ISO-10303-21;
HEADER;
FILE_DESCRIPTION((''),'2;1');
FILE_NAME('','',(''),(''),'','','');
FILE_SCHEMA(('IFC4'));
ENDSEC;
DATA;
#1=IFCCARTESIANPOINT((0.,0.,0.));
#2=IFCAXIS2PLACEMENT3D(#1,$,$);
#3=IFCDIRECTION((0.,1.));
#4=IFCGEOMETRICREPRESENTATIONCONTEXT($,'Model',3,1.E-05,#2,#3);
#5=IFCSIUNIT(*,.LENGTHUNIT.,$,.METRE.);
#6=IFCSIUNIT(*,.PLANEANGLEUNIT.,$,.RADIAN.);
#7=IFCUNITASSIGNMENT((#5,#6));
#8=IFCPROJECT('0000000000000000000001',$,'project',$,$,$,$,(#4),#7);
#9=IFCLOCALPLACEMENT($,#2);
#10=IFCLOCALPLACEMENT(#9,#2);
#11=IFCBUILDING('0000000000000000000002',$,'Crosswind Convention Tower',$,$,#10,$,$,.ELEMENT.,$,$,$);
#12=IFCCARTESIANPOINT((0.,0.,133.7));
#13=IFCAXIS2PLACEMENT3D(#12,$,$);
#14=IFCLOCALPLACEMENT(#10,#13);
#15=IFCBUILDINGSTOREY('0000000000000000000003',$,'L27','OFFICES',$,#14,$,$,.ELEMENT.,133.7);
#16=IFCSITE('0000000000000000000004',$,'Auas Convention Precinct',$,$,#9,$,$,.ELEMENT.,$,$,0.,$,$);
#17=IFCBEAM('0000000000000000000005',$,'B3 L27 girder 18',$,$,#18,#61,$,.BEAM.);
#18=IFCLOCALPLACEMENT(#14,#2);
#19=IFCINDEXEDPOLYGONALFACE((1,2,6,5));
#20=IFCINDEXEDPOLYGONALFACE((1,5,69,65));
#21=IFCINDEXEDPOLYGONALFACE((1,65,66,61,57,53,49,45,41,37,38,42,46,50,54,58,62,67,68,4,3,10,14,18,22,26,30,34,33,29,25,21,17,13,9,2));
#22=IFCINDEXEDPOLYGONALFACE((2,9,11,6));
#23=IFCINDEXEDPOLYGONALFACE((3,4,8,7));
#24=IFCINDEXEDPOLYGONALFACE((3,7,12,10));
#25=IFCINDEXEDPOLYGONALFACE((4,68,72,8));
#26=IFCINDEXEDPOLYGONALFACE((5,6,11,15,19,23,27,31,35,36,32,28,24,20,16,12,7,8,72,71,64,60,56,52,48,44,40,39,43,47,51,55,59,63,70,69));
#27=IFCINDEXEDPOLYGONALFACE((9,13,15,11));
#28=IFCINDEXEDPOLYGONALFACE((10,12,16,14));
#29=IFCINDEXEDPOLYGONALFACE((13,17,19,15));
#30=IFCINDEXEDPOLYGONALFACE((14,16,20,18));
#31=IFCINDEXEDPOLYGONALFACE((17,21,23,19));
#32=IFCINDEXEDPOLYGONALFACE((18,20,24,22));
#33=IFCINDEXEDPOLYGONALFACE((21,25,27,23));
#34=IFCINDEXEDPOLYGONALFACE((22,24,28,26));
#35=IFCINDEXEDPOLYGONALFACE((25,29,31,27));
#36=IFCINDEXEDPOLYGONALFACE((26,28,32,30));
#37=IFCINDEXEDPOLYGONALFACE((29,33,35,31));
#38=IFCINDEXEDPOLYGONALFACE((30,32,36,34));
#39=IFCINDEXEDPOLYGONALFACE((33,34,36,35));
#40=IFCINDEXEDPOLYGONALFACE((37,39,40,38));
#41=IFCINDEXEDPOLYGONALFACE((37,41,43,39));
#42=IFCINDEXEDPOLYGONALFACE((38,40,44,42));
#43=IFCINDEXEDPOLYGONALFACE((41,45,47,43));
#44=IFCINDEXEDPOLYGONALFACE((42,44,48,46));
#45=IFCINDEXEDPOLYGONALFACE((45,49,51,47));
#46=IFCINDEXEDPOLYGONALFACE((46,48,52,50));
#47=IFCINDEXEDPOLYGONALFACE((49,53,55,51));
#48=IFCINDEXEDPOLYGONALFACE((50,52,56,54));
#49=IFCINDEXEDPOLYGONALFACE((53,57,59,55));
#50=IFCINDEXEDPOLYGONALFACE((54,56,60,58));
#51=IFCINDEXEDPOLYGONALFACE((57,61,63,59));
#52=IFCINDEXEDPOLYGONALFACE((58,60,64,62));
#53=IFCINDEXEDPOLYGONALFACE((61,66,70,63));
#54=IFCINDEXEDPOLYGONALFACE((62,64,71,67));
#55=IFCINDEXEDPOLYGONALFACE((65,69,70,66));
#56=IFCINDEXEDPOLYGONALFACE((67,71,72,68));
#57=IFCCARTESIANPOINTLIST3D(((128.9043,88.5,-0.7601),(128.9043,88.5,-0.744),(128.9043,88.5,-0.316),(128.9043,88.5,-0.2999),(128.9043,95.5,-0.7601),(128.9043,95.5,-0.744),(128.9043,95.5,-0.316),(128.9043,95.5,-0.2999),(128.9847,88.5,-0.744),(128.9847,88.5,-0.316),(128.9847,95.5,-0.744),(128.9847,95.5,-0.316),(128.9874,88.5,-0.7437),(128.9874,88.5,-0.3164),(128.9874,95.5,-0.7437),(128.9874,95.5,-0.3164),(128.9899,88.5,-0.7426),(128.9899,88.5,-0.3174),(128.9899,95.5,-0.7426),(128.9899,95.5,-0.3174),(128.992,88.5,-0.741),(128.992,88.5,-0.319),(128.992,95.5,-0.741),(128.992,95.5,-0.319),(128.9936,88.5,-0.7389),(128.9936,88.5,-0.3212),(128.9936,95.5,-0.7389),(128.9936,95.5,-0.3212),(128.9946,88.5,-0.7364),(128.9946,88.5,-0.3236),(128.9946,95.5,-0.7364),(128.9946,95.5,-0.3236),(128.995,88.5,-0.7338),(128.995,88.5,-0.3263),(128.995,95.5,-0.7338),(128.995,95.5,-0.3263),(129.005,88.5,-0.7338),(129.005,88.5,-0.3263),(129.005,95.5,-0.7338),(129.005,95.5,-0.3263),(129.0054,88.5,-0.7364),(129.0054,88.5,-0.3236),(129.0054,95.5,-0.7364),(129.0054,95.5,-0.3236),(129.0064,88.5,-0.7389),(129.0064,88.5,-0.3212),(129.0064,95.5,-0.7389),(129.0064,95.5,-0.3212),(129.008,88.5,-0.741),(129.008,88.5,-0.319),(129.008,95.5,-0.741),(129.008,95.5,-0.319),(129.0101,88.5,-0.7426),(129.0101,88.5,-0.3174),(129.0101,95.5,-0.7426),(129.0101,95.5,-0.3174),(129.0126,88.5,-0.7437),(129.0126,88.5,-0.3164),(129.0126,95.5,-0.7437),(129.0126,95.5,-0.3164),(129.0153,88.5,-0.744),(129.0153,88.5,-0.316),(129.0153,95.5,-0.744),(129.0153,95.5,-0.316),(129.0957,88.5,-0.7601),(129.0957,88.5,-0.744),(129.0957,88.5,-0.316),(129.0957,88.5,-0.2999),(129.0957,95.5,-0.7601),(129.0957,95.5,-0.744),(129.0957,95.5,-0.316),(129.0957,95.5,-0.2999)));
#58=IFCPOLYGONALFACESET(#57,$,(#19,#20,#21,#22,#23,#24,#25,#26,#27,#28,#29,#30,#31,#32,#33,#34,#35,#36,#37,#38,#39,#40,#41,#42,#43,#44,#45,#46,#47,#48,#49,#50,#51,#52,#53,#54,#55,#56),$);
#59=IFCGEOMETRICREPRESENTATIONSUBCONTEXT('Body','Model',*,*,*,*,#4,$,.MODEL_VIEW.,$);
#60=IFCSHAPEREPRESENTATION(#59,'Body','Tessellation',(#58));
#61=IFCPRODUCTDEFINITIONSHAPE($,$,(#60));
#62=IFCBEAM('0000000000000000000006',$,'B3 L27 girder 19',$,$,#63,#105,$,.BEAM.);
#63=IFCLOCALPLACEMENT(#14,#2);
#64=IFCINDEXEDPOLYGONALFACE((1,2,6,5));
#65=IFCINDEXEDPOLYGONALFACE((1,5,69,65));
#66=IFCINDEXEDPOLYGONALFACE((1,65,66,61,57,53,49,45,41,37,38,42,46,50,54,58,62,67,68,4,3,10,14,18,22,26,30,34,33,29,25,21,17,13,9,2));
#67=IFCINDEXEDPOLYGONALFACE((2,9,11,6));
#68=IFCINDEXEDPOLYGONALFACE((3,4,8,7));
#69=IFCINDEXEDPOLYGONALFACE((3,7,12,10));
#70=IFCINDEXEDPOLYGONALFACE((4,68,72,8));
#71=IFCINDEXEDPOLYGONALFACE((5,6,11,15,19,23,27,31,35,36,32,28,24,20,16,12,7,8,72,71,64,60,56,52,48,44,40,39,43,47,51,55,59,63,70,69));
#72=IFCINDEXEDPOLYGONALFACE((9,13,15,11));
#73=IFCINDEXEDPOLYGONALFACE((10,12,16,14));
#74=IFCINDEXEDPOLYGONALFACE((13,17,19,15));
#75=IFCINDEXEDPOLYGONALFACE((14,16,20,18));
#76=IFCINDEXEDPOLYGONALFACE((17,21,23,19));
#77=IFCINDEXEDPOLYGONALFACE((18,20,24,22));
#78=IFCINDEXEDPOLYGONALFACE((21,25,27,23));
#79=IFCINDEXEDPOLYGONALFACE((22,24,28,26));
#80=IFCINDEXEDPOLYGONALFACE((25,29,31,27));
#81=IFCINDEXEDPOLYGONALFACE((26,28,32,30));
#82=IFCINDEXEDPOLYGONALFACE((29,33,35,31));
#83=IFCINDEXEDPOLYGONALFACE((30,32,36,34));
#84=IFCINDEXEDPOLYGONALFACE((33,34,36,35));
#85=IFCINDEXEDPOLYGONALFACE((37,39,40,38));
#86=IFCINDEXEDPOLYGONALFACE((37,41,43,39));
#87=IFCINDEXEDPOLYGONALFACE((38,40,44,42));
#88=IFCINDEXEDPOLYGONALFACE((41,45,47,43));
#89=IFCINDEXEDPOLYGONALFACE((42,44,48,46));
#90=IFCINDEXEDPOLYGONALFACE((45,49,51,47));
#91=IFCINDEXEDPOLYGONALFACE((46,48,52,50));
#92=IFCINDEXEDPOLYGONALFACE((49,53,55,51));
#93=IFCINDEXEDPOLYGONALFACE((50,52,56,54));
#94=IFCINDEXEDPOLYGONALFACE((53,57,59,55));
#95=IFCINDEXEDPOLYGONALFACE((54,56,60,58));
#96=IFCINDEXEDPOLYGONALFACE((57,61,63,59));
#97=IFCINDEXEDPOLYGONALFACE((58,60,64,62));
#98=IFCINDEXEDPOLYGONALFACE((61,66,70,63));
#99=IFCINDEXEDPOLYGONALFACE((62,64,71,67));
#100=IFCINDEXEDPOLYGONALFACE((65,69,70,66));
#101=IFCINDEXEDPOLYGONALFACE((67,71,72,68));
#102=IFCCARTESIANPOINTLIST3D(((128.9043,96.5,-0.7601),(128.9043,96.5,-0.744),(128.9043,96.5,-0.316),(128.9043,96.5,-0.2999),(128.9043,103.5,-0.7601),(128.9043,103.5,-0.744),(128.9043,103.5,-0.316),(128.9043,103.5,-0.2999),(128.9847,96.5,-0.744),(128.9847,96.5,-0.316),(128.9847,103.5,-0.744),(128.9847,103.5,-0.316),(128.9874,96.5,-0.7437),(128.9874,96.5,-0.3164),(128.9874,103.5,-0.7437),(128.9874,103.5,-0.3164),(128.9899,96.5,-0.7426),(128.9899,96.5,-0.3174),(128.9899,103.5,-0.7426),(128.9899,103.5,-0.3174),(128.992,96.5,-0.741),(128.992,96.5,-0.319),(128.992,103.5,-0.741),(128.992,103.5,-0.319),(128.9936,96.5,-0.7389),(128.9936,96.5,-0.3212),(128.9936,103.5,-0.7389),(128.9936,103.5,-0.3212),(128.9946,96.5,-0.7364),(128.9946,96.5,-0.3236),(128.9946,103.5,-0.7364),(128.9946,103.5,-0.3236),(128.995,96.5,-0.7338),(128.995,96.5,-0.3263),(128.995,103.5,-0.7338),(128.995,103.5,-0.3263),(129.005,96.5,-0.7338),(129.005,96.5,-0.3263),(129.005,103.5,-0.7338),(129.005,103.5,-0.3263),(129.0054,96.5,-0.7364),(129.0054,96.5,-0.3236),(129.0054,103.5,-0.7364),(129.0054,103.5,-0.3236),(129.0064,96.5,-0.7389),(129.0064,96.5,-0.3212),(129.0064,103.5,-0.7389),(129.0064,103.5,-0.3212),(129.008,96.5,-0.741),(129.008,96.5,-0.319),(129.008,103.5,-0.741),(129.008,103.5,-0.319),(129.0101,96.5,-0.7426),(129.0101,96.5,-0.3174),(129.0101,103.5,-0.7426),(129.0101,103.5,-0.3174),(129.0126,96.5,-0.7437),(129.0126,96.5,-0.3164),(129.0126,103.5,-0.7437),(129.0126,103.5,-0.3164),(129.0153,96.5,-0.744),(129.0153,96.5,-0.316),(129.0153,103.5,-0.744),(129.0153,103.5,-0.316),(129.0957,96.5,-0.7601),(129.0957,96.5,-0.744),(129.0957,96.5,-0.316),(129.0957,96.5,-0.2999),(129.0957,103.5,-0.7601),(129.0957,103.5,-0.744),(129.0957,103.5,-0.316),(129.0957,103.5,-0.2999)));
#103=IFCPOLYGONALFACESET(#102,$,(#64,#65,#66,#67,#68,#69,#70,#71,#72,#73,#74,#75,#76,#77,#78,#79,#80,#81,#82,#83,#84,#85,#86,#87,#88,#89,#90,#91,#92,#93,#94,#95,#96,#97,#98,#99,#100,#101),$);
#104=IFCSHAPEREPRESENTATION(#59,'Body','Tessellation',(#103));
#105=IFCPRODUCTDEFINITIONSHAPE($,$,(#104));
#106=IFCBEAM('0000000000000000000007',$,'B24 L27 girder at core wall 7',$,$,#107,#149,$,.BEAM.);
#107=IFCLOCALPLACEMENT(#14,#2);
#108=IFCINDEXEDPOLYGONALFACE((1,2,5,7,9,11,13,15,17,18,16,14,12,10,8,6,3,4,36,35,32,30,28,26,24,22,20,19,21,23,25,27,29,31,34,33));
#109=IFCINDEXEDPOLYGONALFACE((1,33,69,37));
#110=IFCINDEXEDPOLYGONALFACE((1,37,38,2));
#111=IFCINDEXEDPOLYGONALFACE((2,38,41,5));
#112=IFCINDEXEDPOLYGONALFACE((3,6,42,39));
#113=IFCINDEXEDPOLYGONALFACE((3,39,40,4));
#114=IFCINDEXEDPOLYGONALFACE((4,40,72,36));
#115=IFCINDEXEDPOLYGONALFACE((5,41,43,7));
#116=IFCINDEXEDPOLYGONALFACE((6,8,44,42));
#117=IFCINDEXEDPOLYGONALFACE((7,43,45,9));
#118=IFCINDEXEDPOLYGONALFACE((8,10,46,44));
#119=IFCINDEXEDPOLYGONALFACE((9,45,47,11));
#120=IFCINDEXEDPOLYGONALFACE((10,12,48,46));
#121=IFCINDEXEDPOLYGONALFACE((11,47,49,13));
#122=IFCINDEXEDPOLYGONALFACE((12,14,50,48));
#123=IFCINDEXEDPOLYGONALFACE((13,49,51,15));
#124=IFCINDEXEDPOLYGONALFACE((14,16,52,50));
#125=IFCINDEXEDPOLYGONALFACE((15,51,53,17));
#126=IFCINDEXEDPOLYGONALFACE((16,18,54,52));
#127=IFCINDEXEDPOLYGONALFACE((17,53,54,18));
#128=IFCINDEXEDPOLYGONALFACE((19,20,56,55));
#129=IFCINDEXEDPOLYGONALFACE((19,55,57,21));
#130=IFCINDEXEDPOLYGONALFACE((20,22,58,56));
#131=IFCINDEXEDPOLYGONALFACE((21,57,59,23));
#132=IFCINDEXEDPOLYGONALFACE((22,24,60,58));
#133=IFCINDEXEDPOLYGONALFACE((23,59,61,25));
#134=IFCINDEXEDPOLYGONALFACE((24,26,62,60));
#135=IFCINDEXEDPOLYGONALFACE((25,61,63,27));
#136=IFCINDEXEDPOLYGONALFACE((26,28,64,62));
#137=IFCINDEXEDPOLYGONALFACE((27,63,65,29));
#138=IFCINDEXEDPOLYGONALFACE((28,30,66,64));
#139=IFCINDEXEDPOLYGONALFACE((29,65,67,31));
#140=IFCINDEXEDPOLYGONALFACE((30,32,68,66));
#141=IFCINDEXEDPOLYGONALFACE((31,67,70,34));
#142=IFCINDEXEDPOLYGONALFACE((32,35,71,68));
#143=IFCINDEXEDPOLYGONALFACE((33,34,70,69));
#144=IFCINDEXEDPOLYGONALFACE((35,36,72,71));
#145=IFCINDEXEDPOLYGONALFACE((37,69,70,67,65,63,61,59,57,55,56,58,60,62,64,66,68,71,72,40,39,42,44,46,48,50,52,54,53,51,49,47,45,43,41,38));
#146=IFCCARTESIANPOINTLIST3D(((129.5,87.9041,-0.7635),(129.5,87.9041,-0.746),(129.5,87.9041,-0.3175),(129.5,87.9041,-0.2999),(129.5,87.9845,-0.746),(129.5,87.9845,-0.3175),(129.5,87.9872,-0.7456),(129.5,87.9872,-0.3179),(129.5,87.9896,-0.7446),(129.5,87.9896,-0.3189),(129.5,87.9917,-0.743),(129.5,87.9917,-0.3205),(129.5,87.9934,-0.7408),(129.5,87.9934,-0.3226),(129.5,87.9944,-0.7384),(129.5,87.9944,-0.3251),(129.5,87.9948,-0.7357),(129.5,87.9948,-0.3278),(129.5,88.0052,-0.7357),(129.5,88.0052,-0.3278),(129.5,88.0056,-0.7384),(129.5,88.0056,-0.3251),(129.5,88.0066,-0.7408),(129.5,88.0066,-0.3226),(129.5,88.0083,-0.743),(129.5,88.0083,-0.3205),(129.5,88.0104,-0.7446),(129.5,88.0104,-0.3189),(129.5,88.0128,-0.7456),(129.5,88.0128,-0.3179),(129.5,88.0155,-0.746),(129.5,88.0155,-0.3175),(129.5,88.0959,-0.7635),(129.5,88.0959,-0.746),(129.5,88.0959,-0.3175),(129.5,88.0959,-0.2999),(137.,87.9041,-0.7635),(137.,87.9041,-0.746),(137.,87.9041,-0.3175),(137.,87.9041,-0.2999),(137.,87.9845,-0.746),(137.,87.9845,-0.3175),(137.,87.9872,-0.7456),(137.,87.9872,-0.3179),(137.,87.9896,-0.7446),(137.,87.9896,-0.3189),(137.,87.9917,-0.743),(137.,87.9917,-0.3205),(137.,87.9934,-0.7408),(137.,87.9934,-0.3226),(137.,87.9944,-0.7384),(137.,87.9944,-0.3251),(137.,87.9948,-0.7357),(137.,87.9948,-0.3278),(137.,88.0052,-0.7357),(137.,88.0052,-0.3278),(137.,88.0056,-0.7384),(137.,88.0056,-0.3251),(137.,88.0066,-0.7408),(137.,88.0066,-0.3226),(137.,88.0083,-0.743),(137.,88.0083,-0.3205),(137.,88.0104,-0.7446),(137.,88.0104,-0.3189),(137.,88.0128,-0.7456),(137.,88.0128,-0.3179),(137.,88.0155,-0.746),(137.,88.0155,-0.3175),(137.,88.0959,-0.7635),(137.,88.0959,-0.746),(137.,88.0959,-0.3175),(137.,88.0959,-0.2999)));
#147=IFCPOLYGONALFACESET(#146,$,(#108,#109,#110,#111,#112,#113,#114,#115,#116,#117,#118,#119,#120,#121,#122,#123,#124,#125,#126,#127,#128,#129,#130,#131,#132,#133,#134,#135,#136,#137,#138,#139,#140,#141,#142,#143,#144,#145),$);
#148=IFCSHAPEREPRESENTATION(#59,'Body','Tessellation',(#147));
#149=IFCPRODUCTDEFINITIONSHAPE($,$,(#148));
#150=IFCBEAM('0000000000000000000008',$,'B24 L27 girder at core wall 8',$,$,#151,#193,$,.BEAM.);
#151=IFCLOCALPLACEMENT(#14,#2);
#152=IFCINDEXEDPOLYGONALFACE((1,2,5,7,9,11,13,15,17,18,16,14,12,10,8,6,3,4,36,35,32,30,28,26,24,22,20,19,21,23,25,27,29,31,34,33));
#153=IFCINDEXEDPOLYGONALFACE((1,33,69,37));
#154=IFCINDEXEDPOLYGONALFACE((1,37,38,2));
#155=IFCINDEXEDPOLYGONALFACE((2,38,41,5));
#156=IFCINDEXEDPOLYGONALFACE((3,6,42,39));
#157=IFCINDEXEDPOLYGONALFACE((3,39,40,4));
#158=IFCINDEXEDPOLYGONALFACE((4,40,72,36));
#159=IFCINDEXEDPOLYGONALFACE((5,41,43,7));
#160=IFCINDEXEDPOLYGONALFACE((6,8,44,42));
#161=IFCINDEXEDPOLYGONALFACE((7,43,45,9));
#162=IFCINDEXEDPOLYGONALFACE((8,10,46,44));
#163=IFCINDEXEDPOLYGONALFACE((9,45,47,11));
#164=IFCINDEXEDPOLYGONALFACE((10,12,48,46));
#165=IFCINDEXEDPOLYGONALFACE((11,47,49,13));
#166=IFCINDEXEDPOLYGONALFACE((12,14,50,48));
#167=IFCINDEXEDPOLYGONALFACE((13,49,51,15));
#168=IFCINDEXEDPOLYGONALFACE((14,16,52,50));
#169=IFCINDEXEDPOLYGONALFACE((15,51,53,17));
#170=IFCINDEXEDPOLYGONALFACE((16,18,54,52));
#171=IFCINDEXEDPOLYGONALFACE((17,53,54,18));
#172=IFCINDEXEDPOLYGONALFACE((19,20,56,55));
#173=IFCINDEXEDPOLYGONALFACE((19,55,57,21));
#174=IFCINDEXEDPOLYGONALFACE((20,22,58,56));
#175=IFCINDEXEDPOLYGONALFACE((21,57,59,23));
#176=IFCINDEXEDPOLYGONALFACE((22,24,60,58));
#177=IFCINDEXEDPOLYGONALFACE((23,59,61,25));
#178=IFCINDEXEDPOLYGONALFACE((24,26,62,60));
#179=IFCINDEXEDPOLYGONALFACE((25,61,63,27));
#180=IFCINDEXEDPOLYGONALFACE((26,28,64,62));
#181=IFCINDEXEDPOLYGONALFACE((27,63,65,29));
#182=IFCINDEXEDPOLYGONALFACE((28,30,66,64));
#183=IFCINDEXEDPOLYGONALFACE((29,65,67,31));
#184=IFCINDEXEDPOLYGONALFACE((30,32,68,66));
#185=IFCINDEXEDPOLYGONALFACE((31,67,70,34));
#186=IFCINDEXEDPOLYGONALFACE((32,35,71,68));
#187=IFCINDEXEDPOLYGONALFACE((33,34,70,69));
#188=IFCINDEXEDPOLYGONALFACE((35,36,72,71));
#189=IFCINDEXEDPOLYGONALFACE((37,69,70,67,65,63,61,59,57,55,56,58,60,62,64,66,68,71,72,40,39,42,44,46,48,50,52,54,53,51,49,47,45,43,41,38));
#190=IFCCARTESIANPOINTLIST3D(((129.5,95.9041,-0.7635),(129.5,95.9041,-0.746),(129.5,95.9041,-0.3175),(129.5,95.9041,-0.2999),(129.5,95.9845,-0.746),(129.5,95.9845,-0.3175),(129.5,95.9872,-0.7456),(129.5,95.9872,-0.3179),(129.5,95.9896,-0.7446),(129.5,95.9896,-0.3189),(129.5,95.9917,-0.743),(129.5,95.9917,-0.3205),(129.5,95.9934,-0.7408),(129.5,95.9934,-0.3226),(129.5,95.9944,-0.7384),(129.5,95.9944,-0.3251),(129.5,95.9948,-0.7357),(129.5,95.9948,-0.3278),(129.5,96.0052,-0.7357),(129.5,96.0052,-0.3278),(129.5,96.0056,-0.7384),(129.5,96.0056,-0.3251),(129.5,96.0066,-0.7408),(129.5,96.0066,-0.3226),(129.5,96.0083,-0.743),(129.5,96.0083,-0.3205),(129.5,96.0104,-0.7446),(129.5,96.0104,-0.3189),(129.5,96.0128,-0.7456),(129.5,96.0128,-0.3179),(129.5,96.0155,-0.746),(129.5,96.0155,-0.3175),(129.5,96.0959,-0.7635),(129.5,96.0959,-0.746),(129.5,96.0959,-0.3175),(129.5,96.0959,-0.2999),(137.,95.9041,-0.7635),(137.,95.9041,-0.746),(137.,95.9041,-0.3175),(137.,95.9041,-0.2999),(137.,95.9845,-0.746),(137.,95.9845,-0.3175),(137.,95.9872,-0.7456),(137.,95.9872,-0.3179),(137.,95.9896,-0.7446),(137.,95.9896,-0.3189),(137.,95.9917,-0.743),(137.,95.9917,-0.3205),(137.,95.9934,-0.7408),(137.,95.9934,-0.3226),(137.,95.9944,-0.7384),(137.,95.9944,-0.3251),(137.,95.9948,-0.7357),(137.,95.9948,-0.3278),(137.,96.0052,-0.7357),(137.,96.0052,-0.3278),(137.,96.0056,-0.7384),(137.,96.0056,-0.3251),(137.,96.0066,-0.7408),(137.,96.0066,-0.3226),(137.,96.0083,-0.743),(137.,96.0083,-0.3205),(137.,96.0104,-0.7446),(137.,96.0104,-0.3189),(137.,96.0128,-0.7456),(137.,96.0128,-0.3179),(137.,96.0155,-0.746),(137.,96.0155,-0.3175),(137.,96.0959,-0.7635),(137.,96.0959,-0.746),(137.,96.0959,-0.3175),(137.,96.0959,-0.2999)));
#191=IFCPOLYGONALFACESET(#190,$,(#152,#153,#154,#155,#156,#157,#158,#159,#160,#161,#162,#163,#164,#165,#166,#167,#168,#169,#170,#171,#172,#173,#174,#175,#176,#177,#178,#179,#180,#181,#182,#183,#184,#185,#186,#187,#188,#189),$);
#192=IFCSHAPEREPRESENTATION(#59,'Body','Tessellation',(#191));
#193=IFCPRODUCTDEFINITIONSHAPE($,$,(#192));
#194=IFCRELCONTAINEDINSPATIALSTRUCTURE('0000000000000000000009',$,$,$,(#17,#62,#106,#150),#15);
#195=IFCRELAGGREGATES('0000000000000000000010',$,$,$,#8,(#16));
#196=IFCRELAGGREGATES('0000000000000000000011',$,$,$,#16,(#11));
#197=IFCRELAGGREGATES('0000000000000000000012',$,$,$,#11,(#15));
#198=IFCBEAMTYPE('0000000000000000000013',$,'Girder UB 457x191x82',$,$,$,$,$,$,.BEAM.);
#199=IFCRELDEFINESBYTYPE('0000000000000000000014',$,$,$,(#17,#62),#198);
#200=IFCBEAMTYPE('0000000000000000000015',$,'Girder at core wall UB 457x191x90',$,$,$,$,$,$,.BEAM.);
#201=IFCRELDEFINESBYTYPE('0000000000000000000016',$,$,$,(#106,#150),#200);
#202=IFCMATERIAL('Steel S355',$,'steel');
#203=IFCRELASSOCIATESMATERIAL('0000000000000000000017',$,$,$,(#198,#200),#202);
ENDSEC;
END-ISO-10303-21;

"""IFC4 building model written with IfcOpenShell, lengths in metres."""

from ifc_helpers import new_model, si_unit, direction, frame, origin, origin_2d, place, context, subcontext, project, spatial, i_section, extrude, material, material_profile, profile_set, type_object, element, save


model = new_model("IFC4")

# Units and contexts
model_context = context("Model", 3, precision=1e-05, world=origin(), true_north=direction((0.0, 1.0)))
body_context = subcontext(model_context, "Body", "Model", "MODEL_VIEW")
ifc_project = project(units=[si_unit("LENGTHUNIT", "METRE"), si_unit("PLANEANGLEUNIT", "RADIAN")], contexts=[model_context])

# Site, building, storey
site_placement = place(None, origin())
site = spatial("IfcSite", under=ifc_project, at=site_placement, Name="Auas Convention Precinct", CompositionType="ELEMENT", RefElevation=0.0)
building_placement = place(site_placement, origin())
building = spatial("IfcBuilding", under=site, at=building_placement, Name="Crosswind Convention Tower", CompositionType="ELEMENT")
storey_placement = place(building_placement, frame((0.0, 0.0, 133.7)))
storey = spatial("IfcBuildingStorey", under=building, at=storey_placement, Name="L27", Description="OFFICES", CompositionType="ELEMENT", Elevation=133.7)

# Beams
ifc_material_1 = material(Name="Steel S355", Category="steel")
ifc_material_profile_1 = material_profile(ifc_material_1, i_section(OverallWidth=0.1914, OverallDepth=0.4602, WebThickness=0.01, FlangeThickness=0.0161, FilletRadius=0.0103, at=origin_2d()), Name="UB 457x191x82")
ifc_profile_set_1 = profile_set([ifc_material_profile_1], Name="Steel S355")
beam_type_1 = type_object("IfcBeamType", Name="Girder UB 457x191x82", PredefinedType="BEAM", material=ifc_profile_set_1)
for number, where, z_axis, x_axis, name in (
    (1, (129.0, 88.5, -0.53), (0.0, 1.0, 0.0), (-1.0, 0.0, 0.0), "B3 L27 girder 18"),
    (2, (129.0, 96.5, -0.53), (0.0, 1.0, 0.0), (-1.0, 0.0, 0.0), "B3 L27 girder 19"),
):
    element("IfcBeam", number, at=place(storey_placement, frame(where, z_axis=z_axis, x_axis=x_axis)), inside=storey, type_object=beam_type_1, Name=name, PredefinedType="BEAM", context=body_context, shape_type="SweptSolid", body=[
        extrude(i_section(OverallWidth=0.1914, OverallDepth=0.4602, WebThickness=0.01, FlangeThickness=0.0161, FilletRadius=0.0103, at=origin_2d()), origin(), (0.0, 0.0, 1.0), 7.0),
    ])
ifc_material_profile_2 = material_profile(ifc_material_1, i_section(OverallWidth=0.1919, OverallDepth=0.4636, WebThickness=0.0105, FlangeThickness=0.0176, FilletRadius=0.0103, at=origin_2d()), Name="UB 457x191x90")
ifc_profile_set_2 = profile_set([ifc_material_profile_2], Name="Steel S355")
beam_type_2 = type_object("IfcBeamType", Name="Girder at core wall UB 457x191x90", PredefinedType="BEAM", material=ifc_profile_set_2)
for number, where, z_axis, x_axis, name in (
    (3, (129.5, 88.0, -0.5317), (1.0, 0.0, 0.0), (0.0, 1.0, 0.0), "B24 L27 girder at core wall 7"),
    (4, (129.5, 96.0, -0.5317), (1.0, 0.0, 0.0), (0.0, 1.0, 0.0), "B24 L27 girder at core wall 8"),
):
    element("IfcBeam", number, at=place(storey_placement, frame(where, z_axis=z_axis, x_axis=x_axis)), inside=storey, type_object=beam_type_2, Name=name, PredefinedType="BEAM", context=body_context, shape_type="SweptSolid", body=[
        extrude(i_section(OverallWidth=0.1919, OverallDepth=0.4636, WebThickness=0.0105, FlangeThickness=0.0176, FilletRadius=0.0103, at=origin_2d()), origin(), (0.0, 0.0, 1.0), 7.5),
    ])

save(model, "model.ifc")
